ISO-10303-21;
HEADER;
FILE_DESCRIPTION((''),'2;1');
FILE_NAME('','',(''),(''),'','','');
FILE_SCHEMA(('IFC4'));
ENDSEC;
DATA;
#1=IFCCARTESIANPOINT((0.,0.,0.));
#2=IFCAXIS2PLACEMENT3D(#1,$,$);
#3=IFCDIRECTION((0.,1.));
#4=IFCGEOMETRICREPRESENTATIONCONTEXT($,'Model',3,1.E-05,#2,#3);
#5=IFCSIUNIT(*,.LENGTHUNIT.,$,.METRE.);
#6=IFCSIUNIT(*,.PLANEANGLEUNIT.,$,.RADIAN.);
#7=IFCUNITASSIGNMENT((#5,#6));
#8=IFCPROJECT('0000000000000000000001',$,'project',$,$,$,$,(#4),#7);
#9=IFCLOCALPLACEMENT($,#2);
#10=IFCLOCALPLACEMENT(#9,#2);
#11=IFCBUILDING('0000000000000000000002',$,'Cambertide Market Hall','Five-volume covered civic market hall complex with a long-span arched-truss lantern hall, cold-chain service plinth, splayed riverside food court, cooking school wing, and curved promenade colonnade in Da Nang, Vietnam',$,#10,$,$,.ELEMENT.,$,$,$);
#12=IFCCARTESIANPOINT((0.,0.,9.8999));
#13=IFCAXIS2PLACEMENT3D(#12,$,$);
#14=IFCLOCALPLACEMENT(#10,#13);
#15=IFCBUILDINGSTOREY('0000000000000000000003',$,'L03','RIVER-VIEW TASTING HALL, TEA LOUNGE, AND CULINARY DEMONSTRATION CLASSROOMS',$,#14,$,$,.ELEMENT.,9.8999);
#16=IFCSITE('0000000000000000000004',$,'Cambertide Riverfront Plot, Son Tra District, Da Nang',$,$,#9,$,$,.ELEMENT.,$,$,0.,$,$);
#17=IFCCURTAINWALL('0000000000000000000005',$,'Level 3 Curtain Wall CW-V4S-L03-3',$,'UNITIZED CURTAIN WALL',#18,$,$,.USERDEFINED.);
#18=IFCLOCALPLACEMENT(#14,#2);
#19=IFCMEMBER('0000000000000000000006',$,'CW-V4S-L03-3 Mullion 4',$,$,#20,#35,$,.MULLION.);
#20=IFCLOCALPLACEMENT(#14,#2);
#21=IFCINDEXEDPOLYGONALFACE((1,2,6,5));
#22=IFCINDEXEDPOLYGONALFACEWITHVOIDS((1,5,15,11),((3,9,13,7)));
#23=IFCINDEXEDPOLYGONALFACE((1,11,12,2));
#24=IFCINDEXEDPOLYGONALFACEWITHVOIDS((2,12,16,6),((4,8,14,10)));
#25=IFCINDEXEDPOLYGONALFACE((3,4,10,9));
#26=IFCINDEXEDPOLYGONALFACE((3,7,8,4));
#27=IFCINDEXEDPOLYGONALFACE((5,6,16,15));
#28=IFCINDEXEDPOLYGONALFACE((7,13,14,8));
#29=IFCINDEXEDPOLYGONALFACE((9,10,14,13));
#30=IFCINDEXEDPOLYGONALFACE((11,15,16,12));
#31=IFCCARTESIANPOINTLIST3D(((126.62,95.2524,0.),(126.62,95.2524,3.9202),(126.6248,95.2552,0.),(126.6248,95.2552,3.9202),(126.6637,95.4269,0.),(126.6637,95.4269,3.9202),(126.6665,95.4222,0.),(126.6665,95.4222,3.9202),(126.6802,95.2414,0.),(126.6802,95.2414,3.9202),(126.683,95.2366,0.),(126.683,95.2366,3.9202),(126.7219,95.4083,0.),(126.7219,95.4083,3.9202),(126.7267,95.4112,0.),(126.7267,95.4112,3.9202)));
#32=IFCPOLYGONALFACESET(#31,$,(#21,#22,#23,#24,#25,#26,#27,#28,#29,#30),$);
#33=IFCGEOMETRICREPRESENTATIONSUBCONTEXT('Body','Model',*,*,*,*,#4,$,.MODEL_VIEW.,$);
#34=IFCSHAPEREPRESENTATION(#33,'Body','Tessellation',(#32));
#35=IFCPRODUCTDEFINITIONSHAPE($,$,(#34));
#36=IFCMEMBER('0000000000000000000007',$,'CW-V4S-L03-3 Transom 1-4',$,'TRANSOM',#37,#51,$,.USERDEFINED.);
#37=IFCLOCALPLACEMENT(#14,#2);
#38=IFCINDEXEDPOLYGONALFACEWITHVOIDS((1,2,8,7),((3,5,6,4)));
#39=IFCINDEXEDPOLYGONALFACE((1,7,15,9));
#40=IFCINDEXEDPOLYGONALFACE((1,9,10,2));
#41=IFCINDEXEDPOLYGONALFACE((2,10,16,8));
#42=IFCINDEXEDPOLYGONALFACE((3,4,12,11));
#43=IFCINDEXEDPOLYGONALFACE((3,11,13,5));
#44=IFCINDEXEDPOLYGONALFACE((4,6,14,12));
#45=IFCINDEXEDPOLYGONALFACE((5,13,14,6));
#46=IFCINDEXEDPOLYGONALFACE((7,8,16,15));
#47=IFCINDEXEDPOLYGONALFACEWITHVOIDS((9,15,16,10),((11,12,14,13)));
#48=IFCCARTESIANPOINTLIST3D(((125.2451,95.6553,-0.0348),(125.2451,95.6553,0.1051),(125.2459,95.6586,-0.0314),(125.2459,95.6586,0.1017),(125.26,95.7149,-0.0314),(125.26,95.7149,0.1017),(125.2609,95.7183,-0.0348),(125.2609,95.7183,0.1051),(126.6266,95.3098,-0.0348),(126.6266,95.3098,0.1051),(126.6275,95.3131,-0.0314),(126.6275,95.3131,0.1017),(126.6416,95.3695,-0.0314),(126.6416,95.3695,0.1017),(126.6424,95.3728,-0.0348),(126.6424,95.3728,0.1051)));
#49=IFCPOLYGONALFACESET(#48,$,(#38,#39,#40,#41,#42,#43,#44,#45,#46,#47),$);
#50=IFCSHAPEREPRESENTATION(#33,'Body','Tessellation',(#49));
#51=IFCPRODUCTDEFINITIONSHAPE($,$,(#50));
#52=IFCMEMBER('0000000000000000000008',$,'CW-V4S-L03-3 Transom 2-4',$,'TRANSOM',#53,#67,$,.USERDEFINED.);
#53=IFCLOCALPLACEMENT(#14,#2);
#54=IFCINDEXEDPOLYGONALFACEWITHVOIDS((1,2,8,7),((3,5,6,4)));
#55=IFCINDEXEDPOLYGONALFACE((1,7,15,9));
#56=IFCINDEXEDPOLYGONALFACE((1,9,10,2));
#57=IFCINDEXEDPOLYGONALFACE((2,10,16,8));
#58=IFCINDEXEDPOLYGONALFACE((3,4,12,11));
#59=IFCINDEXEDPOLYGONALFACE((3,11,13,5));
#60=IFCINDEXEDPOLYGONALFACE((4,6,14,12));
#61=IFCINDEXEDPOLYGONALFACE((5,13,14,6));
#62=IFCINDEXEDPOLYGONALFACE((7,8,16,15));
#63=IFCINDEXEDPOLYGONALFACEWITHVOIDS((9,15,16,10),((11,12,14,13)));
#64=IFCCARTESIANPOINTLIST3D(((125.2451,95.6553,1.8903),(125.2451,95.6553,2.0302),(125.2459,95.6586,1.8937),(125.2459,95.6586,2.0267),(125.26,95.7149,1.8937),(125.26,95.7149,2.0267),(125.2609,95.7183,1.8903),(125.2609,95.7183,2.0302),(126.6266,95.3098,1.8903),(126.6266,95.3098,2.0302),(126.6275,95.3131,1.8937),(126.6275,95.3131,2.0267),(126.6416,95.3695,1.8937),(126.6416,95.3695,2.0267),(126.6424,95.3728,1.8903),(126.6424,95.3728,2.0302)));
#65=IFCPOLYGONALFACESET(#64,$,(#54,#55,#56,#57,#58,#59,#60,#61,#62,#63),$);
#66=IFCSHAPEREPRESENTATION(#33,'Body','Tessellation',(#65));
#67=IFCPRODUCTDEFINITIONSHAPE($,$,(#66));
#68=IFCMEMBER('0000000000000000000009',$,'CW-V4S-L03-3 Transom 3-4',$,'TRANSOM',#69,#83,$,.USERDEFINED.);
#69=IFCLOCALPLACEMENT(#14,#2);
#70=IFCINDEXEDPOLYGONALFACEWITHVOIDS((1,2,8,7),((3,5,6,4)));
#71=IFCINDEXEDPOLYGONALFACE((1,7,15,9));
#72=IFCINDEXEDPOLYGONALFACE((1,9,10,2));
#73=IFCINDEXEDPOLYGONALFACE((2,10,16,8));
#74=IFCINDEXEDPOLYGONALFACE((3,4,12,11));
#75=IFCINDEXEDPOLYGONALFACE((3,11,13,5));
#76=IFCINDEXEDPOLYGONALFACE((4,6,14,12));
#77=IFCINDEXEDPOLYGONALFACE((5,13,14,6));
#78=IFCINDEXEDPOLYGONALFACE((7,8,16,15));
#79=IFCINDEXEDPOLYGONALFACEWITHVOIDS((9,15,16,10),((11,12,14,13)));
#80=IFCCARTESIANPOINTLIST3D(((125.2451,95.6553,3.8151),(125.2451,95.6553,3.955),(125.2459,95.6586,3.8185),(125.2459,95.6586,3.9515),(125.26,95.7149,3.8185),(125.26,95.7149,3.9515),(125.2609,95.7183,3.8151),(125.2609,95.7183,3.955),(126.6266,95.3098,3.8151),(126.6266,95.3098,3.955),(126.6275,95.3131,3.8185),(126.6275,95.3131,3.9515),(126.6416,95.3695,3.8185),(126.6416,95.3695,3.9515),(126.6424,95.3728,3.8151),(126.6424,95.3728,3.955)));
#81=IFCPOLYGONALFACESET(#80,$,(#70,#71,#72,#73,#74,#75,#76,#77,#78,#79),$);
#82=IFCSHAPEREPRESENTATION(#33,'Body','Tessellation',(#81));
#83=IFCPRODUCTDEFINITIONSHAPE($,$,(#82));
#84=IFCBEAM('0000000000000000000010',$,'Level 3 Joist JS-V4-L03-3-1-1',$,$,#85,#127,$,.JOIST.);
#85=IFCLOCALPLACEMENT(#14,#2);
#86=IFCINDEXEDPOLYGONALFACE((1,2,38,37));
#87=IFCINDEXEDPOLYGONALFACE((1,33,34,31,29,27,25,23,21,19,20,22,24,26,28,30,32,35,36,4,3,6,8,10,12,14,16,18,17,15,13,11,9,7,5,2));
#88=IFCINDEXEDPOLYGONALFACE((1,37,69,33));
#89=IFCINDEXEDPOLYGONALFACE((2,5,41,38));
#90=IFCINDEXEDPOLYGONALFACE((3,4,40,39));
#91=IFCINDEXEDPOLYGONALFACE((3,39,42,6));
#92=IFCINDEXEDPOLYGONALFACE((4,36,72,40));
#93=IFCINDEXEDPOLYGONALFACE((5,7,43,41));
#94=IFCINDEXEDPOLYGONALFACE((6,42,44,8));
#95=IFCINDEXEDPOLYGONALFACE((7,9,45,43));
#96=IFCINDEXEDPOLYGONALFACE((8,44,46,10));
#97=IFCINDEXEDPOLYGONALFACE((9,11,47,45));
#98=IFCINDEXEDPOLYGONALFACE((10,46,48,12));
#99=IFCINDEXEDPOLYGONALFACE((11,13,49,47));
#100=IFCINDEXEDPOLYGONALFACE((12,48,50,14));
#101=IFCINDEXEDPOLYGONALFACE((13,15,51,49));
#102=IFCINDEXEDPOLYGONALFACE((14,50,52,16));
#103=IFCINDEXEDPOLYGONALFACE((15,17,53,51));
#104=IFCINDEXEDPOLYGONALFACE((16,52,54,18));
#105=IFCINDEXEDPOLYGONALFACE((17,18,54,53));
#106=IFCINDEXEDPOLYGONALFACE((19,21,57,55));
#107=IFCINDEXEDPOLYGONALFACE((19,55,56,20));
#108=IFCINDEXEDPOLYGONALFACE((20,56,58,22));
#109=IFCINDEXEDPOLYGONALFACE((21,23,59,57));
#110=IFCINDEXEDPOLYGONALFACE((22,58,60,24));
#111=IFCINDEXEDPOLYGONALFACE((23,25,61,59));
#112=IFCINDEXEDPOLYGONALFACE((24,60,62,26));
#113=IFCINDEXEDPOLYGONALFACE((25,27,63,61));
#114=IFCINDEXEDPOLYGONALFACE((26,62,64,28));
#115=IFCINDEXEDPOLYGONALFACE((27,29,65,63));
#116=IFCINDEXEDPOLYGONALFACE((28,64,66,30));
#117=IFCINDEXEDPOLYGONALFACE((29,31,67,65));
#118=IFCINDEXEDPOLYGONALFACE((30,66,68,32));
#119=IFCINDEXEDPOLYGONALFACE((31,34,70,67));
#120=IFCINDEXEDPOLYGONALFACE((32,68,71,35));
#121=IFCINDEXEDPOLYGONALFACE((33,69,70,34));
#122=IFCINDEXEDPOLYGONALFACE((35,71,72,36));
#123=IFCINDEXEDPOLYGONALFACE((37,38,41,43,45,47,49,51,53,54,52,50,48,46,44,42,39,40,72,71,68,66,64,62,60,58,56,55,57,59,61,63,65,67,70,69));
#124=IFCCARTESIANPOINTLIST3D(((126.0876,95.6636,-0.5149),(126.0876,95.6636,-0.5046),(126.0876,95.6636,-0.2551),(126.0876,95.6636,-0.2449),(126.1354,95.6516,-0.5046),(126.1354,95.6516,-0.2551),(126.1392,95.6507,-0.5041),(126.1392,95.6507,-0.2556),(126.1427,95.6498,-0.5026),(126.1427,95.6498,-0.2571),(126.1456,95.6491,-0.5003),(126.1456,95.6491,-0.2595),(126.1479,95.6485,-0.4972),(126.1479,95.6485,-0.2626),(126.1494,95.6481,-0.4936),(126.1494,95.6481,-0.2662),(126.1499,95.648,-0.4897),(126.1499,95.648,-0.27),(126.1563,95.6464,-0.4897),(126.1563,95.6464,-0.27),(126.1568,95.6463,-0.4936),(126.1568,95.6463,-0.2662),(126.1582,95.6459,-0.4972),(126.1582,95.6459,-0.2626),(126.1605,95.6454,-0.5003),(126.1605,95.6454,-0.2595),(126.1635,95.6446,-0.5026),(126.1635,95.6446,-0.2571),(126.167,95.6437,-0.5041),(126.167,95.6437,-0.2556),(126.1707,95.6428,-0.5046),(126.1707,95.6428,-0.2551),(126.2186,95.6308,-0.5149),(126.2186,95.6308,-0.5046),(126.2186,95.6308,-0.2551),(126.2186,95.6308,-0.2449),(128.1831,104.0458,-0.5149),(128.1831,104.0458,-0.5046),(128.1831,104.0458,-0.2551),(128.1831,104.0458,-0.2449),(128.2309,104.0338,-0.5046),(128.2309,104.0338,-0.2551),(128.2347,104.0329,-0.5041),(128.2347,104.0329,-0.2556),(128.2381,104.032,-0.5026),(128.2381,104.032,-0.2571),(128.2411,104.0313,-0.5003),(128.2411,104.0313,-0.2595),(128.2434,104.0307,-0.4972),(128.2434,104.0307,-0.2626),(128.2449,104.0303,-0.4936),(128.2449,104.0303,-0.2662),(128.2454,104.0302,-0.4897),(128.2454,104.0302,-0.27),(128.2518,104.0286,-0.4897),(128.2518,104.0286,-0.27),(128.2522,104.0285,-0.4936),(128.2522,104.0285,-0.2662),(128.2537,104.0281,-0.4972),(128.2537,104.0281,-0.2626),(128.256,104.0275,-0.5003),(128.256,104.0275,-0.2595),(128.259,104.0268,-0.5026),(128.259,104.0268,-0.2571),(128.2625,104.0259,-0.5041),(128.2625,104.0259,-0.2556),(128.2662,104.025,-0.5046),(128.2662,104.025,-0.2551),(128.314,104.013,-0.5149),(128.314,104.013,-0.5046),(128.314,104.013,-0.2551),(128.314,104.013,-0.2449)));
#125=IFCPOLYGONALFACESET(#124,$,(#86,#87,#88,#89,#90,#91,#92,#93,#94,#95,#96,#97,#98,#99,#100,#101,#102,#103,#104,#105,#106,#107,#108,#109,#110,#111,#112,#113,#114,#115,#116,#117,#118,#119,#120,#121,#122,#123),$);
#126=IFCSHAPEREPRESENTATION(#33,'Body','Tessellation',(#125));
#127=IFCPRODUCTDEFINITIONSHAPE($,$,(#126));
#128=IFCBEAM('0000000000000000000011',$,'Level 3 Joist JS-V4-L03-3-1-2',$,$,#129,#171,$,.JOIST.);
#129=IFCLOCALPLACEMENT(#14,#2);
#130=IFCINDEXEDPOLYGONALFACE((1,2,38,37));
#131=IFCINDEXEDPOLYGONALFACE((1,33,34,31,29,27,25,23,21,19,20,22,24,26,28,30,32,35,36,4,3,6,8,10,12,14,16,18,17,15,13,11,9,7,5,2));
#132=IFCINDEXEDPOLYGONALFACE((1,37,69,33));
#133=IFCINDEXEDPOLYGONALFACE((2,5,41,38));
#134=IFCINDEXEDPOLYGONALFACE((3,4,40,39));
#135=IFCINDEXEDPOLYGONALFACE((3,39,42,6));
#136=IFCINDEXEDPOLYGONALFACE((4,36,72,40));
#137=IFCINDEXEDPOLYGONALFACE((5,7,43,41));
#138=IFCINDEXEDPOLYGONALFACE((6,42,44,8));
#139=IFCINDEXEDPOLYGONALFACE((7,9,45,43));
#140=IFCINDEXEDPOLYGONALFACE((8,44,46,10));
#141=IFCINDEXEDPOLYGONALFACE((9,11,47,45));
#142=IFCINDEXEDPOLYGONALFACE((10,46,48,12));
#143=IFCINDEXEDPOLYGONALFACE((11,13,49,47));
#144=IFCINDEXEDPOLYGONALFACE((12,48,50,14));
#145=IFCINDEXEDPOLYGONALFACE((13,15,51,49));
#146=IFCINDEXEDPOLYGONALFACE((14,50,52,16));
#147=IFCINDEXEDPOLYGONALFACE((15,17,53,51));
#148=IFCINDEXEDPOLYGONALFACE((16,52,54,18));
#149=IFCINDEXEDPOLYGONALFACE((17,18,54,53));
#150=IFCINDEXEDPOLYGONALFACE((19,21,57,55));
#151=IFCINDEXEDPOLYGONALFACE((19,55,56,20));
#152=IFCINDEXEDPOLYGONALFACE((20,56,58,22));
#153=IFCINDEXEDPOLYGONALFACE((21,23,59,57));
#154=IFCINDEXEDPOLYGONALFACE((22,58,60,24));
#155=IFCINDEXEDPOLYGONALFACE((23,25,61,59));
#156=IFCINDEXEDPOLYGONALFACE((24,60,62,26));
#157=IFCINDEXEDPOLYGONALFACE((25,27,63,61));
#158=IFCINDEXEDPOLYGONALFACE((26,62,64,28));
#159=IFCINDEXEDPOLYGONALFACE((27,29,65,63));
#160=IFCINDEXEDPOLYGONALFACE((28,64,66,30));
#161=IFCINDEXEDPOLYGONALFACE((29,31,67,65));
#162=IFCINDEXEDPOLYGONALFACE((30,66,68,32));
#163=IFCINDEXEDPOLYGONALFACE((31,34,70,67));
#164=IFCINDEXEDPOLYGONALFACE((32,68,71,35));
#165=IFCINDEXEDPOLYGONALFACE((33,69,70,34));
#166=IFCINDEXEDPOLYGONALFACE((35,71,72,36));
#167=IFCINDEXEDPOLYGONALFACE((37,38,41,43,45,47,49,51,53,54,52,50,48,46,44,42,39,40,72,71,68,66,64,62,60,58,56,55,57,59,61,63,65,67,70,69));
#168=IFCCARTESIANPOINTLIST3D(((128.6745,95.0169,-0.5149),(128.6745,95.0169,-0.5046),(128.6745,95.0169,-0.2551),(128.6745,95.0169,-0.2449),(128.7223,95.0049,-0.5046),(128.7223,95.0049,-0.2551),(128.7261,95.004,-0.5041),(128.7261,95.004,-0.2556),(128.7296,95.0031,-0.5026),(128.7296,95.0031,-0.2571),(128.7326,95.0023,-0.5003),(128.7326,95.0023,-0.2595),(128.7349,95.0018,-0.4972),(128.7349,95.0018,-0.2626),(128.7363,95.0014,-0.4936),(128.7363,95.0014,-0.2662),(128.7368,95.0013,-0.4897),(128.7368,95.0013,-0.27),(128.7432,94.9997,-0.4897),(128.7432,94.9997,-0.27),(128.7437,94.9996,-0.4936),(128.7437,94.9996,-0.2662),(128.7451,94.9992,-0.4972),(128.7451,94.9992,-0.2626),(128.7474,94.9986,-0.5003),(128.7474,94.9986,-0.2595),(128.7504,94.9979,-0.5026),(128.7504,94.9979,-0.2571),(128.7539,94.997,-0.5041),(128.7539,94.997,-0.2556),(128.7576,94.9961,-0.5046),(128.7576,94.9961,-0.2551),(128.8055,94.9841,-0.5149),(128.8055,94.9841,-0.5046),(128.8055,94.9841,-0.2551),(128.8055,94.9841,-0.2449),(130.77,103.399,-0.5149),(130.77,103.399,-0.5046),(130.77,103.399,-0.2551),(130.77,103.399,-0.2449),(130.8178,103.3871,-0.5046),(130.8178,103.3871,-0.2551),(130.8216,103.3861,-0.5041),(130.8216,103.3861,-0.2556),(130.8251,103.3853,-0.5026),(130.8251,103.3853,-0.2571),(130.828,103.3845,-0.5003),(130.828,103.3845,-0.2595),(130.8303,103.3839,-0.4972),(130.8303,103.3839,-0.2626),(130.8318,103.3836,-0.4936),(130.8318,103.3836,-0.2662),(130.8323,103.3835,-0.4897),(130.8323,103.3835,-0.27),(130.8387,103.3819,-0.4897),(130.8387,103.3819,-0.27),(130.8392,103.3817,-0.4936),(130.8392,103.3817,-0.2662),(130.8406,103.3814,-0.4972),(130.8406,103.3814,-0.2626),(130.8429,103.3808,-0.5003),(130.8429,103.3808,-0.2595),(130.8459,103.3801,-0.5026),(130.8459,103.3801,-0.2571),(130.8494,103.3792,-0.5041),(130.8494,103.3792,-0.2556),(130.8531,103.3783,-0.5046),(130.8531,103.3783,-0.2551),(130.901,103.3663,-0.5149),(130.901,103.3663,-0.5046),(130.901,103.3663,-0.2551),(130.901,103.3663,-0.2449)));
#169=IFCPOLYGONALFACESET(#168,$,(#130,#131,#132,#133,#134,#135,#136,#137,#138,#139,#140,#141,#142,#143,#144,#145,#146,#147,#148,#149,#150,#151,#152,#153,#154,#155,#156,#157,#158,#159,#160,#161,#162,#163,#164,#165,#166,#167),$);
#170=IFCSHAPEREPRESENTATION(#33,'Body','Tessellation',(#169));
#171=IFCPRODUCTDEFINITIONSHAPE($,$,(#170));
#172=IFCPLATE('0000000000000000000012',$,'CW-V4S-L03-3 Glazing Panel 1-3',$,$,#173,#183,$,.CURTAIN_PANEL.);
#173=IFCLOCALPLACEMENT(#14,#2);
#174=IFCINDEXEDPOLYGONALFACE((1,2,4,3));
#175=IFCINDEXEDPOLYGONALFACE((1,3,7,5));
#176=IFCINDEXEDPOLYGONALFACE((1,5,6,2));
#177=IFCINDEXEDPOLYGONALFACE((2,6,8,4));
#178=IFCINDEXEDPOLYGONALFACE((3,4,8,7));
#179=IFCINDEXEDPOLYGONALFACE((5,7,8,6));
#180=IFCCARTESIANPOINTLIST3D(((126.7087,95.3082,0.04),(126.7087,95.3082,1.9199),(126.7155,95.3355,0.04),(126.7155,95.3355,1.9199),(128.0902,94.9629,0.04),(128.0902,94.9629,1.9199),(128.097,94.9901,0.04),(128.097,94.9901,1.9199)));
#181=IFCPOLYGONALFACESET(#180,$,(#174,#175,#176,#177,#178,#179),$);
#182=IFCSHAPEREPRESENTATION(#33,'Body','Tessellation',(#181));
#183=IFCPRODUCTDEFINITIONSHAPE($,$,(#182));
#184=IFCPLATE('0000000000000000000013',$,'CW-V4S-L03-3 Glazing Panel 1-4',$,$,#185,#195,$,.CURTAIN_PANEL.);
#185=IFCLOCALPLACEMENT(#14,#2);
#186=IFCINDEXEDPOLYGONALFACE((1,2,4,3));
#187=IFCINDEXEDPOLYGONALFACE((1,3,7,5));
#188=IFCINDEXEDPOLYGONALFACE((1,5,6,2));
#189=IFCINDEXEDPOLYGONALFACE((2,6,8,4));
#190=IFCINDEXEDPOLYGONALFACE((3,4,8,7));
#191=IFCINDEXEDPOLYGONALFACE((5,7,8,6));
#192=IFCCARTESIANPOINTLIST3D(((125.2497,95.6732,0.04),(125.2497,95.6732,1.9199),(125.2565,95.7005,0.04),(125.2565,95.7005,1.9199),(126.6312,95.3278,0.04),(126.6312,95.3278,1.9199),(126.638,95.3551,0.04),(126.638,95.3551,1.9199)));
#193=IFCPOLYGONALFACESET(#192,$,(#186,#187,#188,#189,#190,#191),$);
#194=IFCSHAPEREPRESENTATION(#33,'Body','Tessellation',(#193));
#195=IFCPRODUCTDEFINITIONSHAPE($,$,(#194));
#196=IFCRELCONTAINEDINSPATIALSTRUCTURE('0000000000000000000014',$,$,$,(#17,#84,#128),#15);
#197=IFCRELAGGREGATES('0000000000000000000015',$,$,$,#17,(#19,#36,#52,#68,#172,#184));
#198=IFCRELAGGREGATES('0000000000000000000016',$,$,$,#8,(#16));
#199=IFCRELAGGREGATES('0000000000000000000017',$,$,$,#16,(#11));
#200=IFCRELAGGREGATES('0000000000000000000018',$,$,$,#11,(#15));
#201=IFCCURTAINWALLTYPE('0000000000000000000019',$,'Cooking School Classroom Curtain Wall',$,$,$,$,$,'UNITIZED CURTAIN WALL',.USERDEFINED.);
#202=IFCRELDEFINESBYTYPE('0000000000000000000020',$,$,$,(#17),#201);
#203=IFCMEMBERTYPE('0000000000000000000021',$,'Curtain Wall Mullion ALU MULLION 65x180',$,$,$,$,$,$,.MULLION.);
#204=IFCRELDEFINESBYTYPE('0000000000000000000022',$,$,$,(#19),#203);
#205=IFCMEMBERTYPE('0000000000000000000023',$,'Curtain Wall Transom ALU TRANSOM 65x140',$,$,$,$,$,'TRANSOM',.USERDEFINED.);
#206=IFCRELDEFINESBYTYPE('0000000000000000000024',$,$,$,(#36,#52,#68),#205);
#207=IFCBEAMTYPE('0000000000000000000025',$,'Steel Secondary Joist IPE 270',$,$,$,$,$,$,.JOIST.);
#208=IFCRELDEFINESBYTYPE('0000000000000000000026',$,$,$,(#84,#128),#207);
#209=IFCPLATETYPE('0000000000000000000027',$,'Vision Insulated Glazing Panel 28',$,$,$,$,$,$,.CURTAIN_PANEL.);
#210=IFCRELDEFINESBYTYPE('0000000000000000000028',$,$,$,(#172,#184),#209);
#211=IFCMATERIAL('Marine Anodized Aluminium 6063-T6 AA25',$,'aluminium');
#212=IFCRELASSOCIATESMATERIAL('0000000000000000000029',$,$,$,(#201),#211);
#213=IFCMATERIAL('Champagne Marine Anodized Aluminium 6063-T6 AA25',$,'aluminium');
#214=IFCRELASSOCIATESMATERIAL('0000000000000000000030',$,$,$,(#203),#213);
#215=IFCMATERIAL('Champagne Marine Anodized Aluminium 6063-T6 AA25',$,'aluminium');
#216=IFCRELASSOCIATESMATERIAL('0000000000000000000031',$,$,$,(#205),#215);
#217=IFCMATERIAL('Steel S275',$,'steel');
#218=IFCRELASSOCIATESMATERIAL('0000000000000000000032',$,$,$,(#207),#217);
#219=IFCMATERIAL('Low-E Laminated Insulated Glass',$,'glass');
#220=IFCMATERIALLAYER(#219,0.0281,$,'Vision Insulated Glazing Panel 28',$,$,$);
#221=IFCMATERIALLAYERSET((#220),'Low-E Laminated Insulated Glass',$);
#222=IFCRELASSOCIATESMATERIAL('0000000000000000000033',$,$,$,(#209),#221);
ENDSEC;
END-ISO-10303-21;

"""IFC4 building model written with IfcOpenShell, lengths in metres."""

from ifc_helpers import new_model, si_unit, direction, frame, origin, origin_2d, place, context, subcontext, project, spatial, rectangle, hollow_rectangle, i_section, extrude, material, layer, layer_set, material_profile, profile_set, type_object, element, aggregate, save


model = new_model("IFC4")

# Units and contexts
model_context = context("Model", 3, precision=1e-05, world=origin(), true_north=direction((0.0, 1.0)))
body_context = subcontext(model_context, "Body", "Model", "MODEL_VIEW")
ifc_project = project(units=[si_unit("LENGTHUNIT", "METRE"), si_unit("PLANEANGLEUNIT", "RADIAN")], contexts=[model_context])

# Site, building, storey
site_placement = place(None, origin())
site = spatial("IfcSite", under=ifc_project, at=site_placement, Name="Cambertide Riverfront Plot, Son Tra District, Da Nang", CompositionType="ELEMENT", RefElevation=0.0)
building_placement = place(site_placement, origin())
building = spatial("IfcBuilding", under=site, at=building_placement, Name="Cambertide Market Hall", Description="Five-volume covered civic market hall complex with a long-span arched-truss lantern hall, cold-chain service plinth, splayed riverside food court, cooking school wing, and curved promenade colonnade in Da Nang, Vietnam", CompositionType="ELEMENT")
storey_placement = place(building_placement, frame((0.0, 0.0, 9.8999)))
storey = spatial("IfcBuildingStorey", under=building, at=storey_placement, Name="L03", Description="RIVER-VIEW TASTING HALL, TEA LOUNGE, AND CULINARY DEMONSTRATION CLASSROOMS", CompositionType="ELEMENT", Elevation=9.8999)

# Curtain wall, members
ifc_material_1 = material(Name="Marine Anodized Aluminium 6063-T6 AA25", Category="aluminium")
curtain_wall_type = type_object("IfcCurtainWallType", Name="Cooking School Classroom Curtain Wall", ElementType="UNITIZED CURTAIN WALL", PredefinedType="USERDEFINED", material=ifc_material_1)
curtain_wall_placement = place(storey_placement, origin())
curtain_wall = element("IfcCurtainWall", 1, at=curtain_wall_placement, inside=storey, type_object=curtain_wall_type, Name="Level 3 Curtain Wall CW-V4S-L03-3", ObjectType="UNITIZED CURTAIN WALL", PredefinedType="USERDEFINED")
ifc_material_2 = material(Name="Champagne Marine Anodized Aluminium 6063-T6 AA25", Category="aluminium")
ifc_material_profile_1 = material_profile(ifc_material_2, hollow_rectangle(XDim=0.0649, YDim=0.1799, WallThickness=0.0039, at=origin_2d()), Name="ALU MULLION 65x180")
ifc_profile_set_1 = profile_set([ifc_material_profile_1], Name="Champagne Marine Anodized Aluminium 6063-T6 AA25")
member_type_1 = type_object("IfcMemberType", Name="Curtain Wall Mullion ALU MULLION 65x180", PredefinedType="MULLION", material=ifc_profile_set_1)
member_1_placement = place(storey_placement, frame((126.6733, 95.3318, 0.0), z_axis=(0.0, 0.0, 1.0), x_axis=(-0.970143, 0.242535, 0.0)))
member_1 = element("IfcMember", 2, at=member_1_placement, type_object=member_type_1, Name="CW-V4S-L03-3 Mullion 4", PredefinedType="MULLION", context=body_context, shape_type="SweptSolid", body=[
    extrude(hollow_rectangle(XDim=0.0649, YDim=0.1799, WallThickness=0.0039, at=origin_2d()), origin(), (0.0, 0.0, 1.0), 3.9202),
])
ifc_material_3 = material(Name="Champagne Marine Anodized Aluminium 6063-T6 AA25", Category="aluminium")
ifc_material_profile_2 = material_profile(ifc_material_3, hollow_rectangle(XDim=0.0649, YDim=0.1399, WallThickness=0.0034, at=origin_2d()), Name="ALU TRANSOM 65x140")
ifc_profile_set_2 = profile_set([ifc_material_profile_2], Name="Champagne Marine Anodized Aluminium 6063-T6 AA25")
member_type_2 = type_object("IfcMemberType", Name="Curtain Wall Transom ALU TRANSOM 65x140", ElementType="TRANSOM", PredefinedType="USERDEFINED", material=ifc_profile_set_2)
member_2_placement = place(storey_placement, frame((126.6345, 95.3413, 0.0352), z_axis=(-0.970132, 0.242576, 0.0), x_axis=(-0.242576, -0.970132, 0.0)))
member_2 = element("IfcMember", 3, at=member_2_placement, type_object=member_type_2, Name="CW-V4S-L03-3 Transom 1-4", ObjectType="TRANSOM", PredefinedType="USERDEFINED", context=body_context, shape_type="SweptSolid", body=[
    extrude(hollow_rectangle(XDim=0.0649, YDim=0.1399, WallThickness=0.0034, at=origin_2d()), origin(), (0.0, 0.0, 1.0), 1.4241),
])
member_3_placement = place(storey_placement, frame((126.6345, 95.3413, 1.9602), z_axis=(-0.970132, 0.242576, 0.0), x_axis=(-0.242576, -0.970132, 0.0)))
member_3 = element("IfcMember", 4, at=member_3_placement, type_object=member_type_2, Name="CW-V4S-L03-3 Transom 2-4", ObjectType="TRANSOM", PredefinedType="USERDEFINED", context=body_context, shape_type="SweptSolid", body=[
    extrude(hollow_rectangle(XDim=0.0649, YDim=0.1399, WallThickness=0.0034, at=origin_2d()), origin(), (0.0, 0.0, 1.0), 1.4241),
])
member_4_placement = place(storey_placement, frame((126.6345, 95.3413, 3.885), z_axis=(-0.970132, 0.242576, 0.0), x_axis=(-0.242576, -0.970132, 0.0)))
member_4 = element("IfcMember", 5, at=member_4_placement, type_object=member_type_2, Name="CW-V4S-L03-3 Transom 3-4", ObjectType="TRANSOM", PredefinedType="USERDEFINED", context=body_context, shape_type="SweptSolid", body=[
    extrude(hollow_rectangle(XDim=0.0649, YDim=0.1399, WallThickness=0.0034, at=origin_2d()), origin(), (0.0, 0.0, 1.0), 1.4241),
])

# Beams
ifc_material_4 = material(Name="Steel S275", Category="steel")
ifc_material_profile_3 = material_profile(ifc_material_4, i_section(OverallWidth=0.135, OverallDepth=0.27, WebThickness=0.0066, FlangeThickness=0.0103, FilletRadius=0.0149, at=origin_2d()), Name="IPE 270")
ifc_profile_set_3 = profile_set([ifc_material_profile_3], Name="Steel S275")
beam_type = type_object("IfcBeamType", Name="Steel Secondary Joist IPE 270", PredefinedType="JOIST", material=ifc_profile_set_3)
for number, where, z_axis, x_axis, name in (
    (6, (126.1531, 95.6472, -0.3799), (0.242529, 0.970144, 0.0), (-0.970144, 0.242529, 0.0), "Level 3 Joist JS-V4-L03-3-1-1"),
    (7, (128.74, 95.0005, -0.3799), (0.242529, 0.970144, 0.0), (-0.970144, 0.242529, 0.0), "Level 3 Joist JS-V4-L03-3-1-2"),
):
    element("IfcBeam", number, at=place(storey_placement, frame(where, z_axis=z_axis, x_axis=x_axis)), inside=storey, type_object=beam_type, Name=name, PredefinedType="JOIST", context=body_context, shape_type="SweptSolid", body=[
        extrude(i_section(OverallWidth=0.135, OverallDepth=0.27, WebThickness=0.0066, FlangeThickness=0.0103, FilletRadius=0.0149, at=origin_2d()), origin(), (0.0, 0.0, 1.0), 8.6401),
    ])

# Plates
ifc_material_5 = material(Name="Low-E Laminated Insulated Glass", Category="glass")
ifc_layer_1 = layer(ifc_material_5, 0.0281, Name="Vision Insulated Glazing Panel 28")
ifc_layer_set_1 = layer_set([ifc_layer_1], Name="Low-E Laminated Insulated Glass")
plate_type = type_object("IfcPlateType", Name="Vision Insulated Glazing Panel 28", PredefinedType="CURTAIN_PANEL", material=ifc_layer_set_1)
plate_1_placement = place(storey_placement, frame((127.4028, 95.1492, 0.04), z_axis=(0.0, 0.0, 1.0), x_axis=(-0.970143, 0.242535, 0.0)))
plate_1 = element("IfcPlate", 8, at=plate_1_placement, type_object=plate_type, Name="CW-V4S-L03-3 Glazing Panel 1-3", PredefinedType="CURTAIN_PANEL", context=body_context, shape_type="SweptSolid", body=[
    extrude(rectangle(XDim=1.4241, YDim=0.0281, at=origin_2d()), origin(), (0.0, 0.0, 1.0), 1.8799),
])
plate_2_placement = place(storey_placement, frame((125.9438, 95.5142, 0.04), z_axis=(0.0, 0.0, 1.0), x_axis=(-0.970143, 0.242535, 0.0)))
plate_2 = element("IfcPlate", 9, at=plate_2_placement, type_object=plate_type, Name="CW-V4S-L03-3 Glazing Panel 1-4", PredefinedType="CURTAIN_PANEL", context=body_context, shape_type="SweptSolid", body=[
    extrude(rectangle(XDim=1.4241, YDim=0.0281, at=origin_2d()), origin(), (0.0, 0.0, 1.0), 1.8799),
])
aggregate(curtain_wall, [member_1, member_2, member_3, member_4, plate_1, plate_2])

save(model, "model.ifc")
